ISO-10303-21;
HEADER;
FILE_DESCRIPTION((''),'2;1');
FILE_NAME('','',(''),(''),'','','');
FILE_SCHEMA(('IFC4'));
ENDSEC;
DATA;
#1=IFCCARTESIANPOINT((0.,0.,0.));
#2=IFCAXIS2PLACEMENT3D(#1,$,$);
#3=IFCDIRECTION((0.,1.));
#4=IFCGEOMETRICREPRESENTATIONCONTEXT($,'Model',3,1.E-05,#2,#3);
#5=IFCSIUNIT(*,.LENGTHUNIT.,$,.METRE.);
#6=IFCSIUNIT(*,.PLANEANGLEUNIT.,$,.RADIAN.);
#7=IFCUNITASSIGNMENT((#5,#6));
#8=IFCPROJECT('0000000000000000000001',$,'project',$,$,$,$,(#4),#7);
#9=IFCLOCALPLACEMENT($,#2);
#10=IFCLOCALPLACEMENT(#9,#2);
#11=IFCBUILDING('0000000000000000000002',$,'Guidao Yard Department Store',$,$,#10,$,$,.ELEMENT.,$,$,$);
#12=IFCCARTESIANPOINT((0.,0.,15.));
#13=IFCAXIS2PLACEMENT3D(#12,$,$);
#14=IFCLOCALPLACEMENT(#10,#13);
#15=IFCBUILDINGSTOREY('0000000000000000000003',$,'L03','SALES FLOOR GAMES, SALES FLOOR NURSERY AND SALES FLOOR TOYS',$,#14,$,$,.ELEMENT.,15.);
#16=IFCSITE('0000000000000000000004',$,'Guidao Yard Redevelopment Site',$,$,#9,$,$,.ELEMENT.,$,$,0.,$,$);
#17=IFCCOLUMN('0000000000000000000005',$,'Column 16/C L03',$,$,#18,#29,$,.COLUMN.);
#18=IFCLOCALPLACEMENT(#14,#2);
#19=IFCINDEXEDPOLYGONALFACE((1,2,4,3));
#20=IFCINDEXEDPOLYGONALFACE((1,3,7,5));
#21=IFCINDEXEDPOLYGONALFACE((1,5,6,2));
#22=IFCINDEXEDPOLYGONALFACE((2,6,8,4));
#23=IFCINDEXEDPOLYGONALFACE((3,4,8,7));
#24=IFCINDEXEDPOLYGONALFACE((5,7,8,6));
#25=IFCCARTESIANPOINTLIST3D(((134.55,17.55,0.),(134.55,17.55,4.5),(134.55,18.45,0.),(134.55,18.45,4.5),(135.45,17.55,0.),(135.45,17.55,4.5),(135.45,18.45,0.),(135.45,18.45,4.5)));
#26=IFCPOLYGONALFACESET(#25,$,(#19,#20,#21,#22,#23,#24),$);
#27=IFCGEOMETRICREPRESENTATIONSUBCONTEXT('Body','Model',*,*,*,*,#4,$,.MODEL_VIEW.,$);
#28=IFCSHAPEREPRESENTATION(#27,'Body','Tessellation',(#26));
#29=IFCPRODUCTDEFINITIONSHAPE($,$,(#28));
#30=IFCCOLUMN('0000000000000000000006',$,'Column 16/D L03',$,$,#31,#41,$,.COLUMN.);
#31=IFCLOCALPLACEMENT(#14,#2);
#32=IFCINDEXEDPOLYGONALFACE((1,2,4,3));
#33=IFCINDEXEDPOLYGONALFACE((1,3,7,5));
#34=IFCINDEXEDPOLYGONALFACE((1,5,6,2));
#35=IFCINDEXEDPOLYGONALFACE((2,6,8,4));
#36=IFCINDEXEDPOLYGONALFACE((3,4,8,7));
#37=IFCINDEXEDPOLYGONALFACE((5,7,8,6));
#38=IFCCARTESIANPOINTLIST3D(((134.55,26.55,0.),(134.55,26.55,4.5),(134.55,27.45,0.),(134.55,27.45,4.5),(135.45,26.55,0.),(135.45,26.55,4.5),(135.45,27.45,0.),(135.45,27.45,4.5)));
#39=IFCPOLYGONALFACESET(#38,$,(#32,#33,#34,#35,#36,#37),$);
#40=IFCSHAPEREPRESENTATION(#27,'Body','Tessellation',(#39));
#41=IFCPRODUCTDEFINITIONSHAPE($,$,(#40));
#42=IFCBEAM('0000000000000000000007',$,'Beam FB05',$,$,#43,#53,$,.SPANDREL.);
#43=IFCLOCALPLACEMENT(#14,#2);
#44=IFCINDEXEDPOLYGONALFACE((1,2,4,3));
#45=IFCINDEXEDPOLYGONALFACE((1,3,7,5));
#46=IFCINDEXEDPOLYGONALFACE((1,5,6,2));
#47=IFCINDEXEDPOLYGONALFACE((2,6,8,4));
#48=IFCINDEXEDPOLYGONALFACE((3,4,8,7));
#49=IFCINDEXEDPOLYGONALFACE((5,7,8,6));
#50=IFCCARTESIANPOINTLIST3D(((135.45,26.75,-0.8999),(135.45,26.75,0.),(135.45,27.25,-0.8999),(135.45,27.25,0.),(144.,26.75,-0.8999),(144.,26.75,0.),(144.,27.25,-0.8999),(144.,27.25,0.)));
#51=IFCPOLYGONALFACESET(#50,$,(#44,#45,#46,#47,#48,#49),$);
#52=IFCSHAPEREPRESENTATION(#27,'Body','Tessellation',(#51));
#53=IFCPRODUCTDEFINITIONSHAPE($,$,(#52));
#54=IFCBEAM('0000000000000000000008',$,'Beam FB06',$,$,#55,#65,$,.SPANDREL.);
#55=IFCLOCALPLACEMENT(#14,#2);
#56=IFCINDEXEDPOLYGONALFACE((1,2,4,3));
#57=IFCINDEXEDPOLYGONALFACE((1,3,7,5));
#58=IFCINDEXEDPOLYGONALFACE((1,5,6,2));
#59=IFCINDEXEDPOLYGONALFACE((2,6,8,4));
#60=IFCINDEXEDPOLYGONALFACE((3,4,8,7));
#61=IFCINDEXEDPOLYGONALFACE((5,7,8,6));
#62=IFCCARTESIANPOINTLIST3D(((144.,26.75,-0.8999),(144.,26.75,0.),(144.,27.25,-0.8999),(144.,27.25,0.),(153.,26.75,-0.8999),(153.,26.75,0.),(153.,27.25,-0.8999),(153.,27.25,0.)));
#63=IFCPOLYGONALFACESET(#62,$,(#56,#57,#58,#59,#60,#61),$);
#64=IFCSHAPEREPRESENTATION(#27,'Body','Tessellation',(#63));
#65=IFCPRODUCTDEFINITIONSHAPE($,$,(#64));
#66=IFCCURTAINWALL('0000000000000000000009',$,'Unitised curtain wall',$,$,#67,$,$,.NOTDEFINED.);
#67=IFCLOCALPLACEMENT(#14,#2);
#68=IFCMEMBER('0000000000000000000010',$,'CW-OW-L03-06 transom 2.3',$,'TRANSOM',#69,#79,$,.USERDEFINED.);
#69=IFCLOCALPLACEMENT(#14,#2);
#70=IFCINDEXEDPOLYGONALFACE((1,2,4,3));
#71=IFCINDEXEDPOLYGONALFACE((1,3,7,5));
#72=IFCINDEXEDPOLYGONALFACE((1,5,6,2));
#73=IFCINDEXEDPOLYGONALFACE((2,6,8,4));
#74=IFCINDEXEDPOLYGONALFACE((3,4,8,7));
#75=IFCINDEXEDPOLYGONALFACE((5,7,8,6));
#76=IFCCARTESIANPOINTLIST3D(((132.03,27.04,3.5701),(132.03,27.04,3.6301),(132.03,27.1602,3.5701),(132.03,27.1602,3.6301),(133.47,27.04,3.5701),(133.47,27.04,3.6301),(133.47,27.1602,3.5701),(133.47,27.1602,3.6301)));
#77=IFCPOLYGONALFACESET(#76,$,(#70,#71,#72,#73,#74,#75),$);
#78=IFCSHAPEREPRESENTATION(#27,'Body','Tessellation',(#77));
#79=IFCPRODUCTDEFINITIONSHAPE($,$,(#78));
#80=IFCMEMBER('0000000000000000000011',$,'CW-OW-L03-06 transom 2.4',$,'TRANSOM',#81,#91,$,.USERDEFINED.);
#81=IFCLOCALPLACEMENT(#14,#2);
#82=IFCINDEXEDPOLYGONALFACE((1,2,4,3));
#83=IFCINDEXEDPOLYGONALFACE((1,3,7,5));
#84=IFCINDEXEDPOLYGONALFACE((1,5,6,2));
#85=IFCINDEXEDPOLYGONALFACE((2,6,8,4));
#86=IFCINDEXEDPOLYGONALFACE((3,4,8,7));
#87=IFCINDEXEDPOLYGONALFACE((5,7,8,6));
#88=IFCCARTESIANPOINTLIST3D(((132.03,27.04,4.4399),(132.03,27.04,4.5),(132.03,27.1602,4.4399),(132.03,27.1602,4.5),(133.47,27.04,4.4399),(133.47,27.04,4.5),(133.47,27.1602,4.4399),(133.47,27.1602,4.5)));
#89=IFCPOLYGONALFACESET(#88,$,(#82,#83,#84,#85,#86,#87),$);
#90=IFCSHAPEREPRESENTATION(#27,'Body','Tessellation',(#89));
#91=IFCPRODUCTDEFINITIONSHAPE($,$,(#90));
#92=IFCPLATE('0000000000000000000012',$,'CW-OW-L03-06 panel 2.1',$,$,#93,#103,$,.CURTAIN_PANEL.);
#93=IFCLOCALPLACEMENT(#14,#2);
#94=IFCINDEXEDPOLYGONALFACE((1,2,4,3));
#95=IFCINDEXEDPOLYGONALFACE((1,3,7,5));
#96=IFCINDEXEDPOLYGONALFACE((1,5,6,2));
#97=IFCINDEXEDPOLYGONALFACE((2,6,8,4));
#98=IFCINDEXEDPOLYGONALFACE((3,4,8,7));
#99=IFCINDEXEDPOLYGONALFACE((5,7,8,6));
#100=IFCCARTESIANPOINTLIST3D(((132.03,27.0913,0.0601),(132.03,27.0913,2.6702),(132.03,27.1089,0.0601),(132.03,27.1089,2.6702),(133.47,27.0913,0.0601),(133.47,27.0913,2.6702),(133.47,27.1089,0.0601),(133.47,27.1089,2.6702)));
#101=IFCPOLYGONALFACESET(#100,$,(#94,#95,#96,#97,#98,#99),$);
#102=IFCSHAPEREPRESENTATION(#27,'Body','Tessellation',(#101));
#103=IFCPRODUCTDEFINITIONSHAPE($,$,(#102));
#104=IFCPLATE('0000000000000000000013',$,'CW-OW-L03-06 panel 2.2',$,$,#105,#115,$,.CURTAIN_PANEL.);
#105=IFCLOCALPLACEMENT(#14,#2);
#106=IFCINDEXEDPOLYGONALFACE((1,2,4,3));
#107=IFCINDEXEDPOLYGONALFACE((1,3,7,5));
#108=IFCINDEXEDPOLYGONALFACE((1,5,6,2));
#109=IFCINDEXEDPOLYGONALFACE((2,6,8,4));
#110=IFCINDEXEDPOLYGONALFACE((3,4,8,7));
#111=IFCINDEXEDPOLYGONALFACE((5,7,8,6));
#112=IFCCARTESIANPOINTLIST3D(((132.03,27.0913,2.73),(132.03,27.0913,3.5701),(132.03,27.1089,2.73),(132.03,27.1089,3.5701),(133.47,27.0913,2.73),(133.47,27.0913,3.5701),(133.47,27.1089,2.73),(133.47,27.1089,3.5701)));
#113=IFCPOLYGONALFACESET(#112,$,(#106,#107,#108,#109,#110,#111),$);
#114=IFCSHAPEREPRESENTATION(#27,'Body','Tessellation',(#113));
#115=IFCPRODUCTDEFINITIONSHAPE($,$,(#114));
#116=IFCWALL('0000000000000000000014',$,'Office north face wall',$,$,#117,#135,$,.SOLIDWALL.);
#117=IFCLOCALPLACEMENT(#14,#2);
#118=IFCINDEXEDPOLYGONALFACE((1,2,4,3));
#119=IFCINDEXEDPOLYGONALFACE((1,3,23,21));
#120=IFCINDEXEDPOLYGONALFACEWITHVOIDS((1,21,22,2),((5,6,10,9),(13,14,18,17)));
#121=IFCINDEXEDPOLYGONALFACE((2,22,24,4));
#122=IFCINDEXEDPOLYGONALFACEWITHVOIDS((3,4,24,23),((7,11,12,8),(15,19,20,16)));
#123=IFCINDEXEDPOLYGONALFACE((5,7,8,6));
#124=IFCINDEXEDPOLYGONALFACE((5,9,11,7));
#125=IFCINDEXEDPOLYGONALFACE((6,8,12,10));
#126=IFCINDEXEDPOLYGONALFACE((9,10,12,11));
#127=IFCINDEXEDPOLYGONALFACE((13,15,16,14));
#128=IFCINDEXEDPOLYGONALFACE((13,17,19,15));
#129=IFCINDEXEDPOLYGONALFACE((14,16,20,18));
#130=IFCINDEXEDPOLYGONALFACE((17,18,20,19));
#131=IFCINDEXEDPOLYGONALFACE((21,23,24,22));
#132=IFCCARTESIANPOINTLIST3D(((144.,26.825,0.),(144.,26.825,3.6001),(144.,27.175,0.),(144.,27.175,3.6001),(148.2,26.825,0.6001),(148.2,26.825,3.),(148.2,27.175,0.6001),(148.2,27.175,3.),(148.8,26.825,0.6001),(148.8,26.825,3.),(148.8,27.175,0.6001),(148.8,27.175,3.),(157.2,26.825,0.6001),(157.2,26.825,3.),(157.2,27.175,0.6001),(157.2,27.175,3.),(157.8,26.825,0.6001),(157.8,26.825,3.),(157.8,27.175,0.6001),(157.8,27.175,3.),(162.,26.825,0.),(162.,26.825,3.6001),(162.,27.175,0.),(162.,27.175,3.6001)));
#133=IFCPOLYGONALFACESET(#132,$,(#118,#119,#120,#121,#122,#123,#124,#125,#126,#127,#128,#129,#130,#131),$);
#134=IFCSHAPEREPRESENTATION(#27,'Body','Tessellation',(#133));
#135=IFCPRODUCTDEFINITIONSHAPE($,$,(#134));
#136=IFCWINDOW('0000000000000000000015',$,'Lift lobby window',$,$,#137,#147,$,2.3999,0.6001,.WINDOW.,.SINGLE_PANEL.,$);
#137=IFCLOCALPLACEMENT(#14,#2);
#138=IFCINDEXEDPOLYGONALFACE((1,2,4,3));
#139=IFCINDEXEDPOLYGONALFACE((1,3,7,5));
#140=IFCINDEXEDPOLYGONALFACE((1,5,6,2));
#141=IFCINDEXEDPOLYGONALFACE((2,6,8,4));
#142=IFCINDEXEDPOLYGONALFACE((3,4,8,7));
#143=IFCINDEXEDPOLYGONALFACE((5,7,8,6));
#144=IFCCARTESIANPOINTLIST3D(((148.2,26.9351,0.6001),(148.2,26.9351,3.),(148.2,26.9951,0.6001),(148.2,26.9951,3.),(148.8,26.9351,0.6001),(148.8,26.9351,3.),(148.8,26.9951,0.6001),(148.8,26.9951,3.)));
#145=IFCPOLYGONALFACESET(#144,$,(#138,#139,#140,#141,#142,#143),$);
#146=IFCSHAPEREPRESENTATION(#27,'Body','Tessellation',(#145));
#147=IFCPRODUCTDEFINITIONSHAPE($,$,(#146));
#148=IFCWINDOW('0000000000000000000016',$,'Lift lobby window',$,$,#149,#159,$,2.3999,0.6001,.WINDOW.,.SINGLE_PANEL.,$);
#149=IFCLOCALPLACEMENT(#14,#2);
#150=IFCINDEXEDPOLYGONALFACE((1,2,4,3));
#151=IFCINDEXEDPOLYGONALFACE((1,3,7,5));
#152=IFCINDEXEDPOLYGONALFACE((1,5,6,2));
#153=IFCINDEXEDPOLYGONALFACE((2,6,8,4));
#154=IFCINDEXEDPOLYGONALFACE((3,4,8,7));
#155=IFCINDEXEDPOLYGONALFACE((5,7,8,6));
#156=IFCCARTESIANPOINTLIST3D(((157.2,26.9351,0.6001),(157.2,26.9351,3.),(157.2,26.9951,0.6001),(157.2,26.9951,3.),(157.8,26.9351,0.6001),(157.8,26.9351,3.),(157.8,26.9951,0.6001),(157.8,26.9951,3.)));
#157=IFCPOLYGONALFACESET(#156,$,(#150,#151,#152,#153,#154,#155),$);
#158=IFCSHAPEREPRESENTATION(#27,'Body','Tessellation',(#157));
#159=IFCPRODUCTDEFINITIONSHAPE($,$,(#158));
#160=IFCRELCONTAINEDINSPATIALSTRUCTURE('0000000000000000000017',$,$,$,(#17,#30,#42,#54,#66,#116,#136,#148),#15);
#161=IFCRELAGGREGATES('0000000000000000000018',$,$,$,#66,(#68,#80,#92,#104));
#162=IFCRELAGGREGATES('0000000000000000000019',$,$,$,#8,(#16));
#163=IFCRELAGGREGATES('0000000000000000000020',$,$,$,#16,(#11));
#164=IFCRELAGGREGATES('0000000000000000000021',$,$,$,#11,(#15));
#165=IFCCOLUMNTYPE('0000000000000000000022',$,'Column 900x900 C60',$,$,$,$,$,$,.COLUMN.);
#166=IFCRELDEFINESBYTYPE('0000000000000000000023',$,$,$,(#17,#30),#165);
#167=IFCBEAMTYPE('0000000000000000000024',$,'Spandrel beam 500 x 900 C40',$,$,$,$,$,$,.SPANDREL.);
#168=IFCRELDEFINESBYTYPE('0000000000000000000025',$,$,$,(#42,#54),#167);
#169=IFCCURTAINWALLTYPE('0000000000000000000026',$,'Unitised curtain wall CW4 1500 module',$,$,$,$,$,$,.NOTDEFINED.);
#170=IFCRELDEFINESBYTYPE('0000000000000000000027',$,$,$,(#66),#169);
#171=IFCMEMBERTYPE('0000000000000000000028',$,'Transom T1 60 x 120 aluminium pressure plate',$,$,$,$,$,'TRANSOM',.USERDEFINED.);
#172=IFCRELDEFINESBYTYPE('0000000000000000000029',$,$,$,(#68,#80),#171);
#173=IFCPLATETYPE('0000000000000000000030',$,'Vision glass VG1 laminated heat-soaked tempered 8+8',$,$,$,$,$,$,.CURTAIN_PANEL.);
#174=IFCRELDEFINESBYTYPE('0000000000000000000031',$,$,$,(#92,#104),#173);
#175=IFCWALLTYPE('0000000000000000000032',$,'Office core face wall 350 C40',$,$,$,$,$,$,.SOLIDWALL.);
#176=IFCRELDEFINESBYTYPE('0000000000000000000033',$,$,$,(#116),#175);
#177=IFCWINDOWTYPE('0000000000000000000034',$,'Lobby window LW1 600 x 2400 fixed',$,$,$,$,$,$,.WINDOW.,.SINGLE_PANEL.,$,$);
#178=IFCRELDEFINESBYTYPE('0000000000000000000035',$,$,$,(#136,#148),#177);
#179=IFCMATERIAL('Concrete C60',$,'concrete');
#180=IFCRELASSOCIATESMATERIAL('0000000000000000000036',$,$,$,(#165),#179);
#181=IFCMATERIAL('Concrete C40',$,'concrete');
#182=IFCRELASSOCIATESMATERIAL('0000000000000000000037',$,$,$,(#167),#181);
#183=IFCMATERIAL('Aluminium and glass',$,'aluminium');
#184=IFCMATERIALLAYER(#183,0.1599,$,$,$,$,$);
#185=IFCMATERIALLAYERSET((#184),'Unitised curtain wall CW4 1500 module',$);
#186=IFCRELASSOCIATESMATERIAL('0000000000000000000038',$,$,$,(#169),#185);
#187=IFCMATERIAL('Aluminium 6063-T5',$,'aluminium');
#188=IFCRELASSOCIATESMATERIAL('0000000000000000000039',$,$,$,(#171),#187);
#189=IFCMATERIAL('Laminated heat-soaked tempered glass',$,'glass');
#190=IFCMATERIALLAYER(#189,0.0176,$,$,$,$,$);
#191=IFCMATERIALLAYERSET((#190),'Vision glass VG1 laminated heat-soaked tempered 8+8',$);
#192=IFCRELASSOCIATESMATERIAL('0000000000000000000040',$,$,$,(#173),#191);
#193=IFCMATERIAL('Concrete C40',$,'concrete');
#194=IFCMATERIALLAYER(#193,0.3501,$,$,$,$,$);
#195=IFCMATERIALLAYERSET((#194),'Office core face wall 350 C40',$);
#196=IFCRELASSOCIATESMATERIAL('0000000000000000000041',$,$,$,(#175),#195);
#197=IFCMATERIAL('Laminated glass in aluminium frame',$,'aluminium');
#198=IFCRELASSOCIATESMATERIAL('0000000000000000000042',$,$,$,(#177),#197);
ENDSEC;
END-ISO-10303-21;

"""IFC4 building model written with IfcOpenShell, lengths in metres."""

from ifc_helpers import new_model, si_unit, direction, frame, frame_2d, origin, origin_2d, place, context, subcontext, project, spatial, rectangle, extrude, material, layer, layer_set, material_profile, profile_set, type_object, element, fill, aggregate, save


model = new_model("IFC4")

# Units and contexts
model_context = context("Model", 3, precision=1e-05, world=origin(), true_north=direction((0.0, 1.0)))
body_context = subcontext(model_context, "Body", "Model", "MODEL_VIEW")
ifc_project = project(units=[si_unit("LENGTHUNIT", "METRE"), si_unit("PLANEANGLEUNIT", "RADIAN")], contexts=[model_context])

# Site, building, storey
site_placement = place(None, origin())
site = spatial("IfcSite", under=ifc_project, at=site_placement, Name="Guidao Yard Redevelopment Site", CompositionType="ELEMENT", RefElevation=0.0)
building_placement = place(site_placement, origin())
building = spatial("IfcBuilding", under=site, at=building_placement, Name="Guidao Yard Department Store", CompositionType="ELEMENT")
storey_placement = place(building_placement, frame((0.0, 0.0, 15.0)))
storey = spatial("IfcBuildingStorey", under=building, at=storey_placement, Name="L03", Description="SALES FLOOR GAMES, SALES FLOOR NURSERY AND SALES FLOOR TOYS", CompositionType="ELEMENT", Elevation=15.0)

# Columns
ifc_material_1 = material(Name="Concrete C60", Category="concrete")
ifc_material_profile_1 = material_profile(ifc_material_1, rectangle(XDim=0.8999, YDim=0.8999, at=origin_2d()), Name="COL 900x900")
ifc_profile_set_1 = profile_set([ifc_material_profile_1], Name="Concrete C60")
column_type = type_object("IfcColumnType", Name="Column 900x900 C60", PredefinedType="COLUMN", material=ifc_profile_set_1)
for number, where, z_axis, x_axis, name in (
    (1, (135.0, 18.0, 0.0), (0.0, 0.0, 1.0), (1.0, 0.0, 0.0), "Column 16/C L03"),
    (2, (135.0, 27.0, 0.0), (0.0, 0.0, 1.0), (1.0, 0.0, 0.0), "Column 16/D L03"),
):
    element("IfcColumn", number, at=place(storey_placement, frame(where, z_axis=z_axis, x_axis=x_axis)), inside=storey, type_object=column_type, Name=name, PredefinedType="COLUMN", context=body_context, shape_type="SweptSolid", body=[
        extrude(rectangle(XDim=0.8999, YDim=0.8999, at=origin_2d()), origin(), (0.0, 0.0, 1.0), 4.5),
    ])

# Beams
ifc_material_2 = material(Name="Concrete C40", Category="concrete")
ifc_material_profile_2 = material_profile(ifc_material_2, rectangle(XDim=0.5, YDim=0.8999, at=origin_2d()), Name="Spandrel beam 500 x 900 C40")
ifc_profile_set_2 = profile_set([ifc_material_profile_2], Name="Concrete C40")
beam_type = type_object("IfcBeamType", Name="Spandrel beam 500 x 900 C40", PredefinedType="SPANDREL", material=ifc_profile_set_2)
beam_1_placement = place(storey_placement, frame((135.45, 27.0, -0.45), z_axis=(1.0, 0.0, 0.0), x_axis=(0.0, 1.0, 0.0)))
element("IfcBeam", 3, at=beam_1_placement, inside=storey, type_object=beam_type, Name="Beam FB05", PredefinedType="SPANDREL", context=body_context, shape_type="SweptSolid", body=[
    extrude(rectangle(XDim=0.5, YDim=0.8999, at=origin_2d()), origin(), (0.0, 0.0, 1.0), 8.55),
])
beam_2_placement = place(storey_placement, frame((144.0, 27.0, -0.45), z_axis=(1.0, 0.0, 0.0), x_axis=(0.0, 1.0, 0.0)))
element("IfcBeam", 4, at=beam_2_placement, inside=storey, type_object=beam_type, Name="Beam FB06", PredefinedType="SPANDREL", context=body_context, shape_type="SweptSolid", body=[
    extrude(rectangle(XDim=0.5, YDim=0.8999, at=origin_2d()), origin(), (0.0, 0.0, 1.0), 9.0),
])

# Curtain wall, members, plates
ifc_material_3 = material(Name="Aluminium and glass", Category="aluminium")
ifc_layer_1 = layer(ifc_material_3, 0.1599)
ifc_layer_set_1 = layer_set([ifc_layer_1], Name="Unitised curtain wall CW4 1500 module")
curtain_wall_type = type_object("IfcCurtainWallType", Name="Unitised curtain wall CW4 1500 module", PredefinedType="NOTDEFINED", material=ifc_layer_set_1)
curtain_wall_placement = place(storey_placement, origin())
curtain_wall = element("IfcCurtainWall", 5, at=curtain_wall_placement, inside=storey, type_object=curtain_wall_type, Name="Unitised curtain wall", PredefinedType="NOTDEFINED")
ifc_material_4 = material(Name="Aluminium 6063-T5", Category="aluminium")
ifc_material_profile_3 = material_profile(ifc_material_4, rectangle(XDim=0.1201, YDim=0.0601, at=origin_2d()), Name="Transom T1 60 x 120 aluminium pressure plate")
ifc_profile_set_3 = profile_set([ifc_material_profile_3], Name="Aluminium 6063-T5")
member_type = type_object("IfcMemberType", Name="Transom T1 60 x 120 aluminium pressure plate", ElementType="TRANSOM", PredefinedType="USERDEFINED", material=ifc_profile_set_3)
member_1_placement = place(storey_placement, frame((132.03, 27.1001, 3.6001), z_axis=(1.0, 0.0, 0.0), x_axis=(0.0, 1.0, 0.0)))
member_1 = element("IfcMember", 6, at=member_1_placement, type_object=member_type, Name="CW-OW-L03-06 transom 2.3", ObjectType="TRANSOM", PredefinedType="USERDEFINED", context=body_context, shape_type="SweptSolid", body=[
    extrude(rectangle(XDim=0.1201, YDim=0.0601, at=origin_2d()), origin(), (0.0, 0.0, 1.0), 1.4399),
])
member_2_placement = place(storey_placement, frame((132.03, 27.1001, 4.47), z_axis=(1.0, 0.0, 0.0), x_axis=(0.0, 1.0, 0.0)))
member_2 = element("IfcMember", 7, at=member_2_placement, type_object=member_type, Name="CW-OW-L03-06 transom 2.4", ObjectType="TRANSOM", PredefinedType="USERDEFINED", context=body_context, shape_type="SweptSolid", body=[
    extrude(rectangle(XDim=0.1201, YDim=0.0601, at=origin_2d()), origin(), (0.0, 0.0, 1.0), 1.4399),
])
ifc_material_5 = material(Name="Laminated heat-soaked tempered glass", Category="glass")
ifc_layer_2 = layer(ifc_material_5, 0.0176)
ifc_layer_set_2 = layer_set([ifc_layer_2], Name="Vision glass VG1 laminated heat-soaked tempered 8+8")
plate_type = type_object("IfcPlateType", Name="Vision glass VG1 laminated heat-soaked tempered 8+8", PredefinedType="CURTAIN_PANEL", material=ifc_layer_set_2)
plate_1_placement = place(storey_placement, frame((132.75, 27.1001, 0.0601), z_axis=(0.0, 0.0, 1.0), x_axis=(1.0, 0.0, 0.0)))
plate_1 = element("IfcPlate", 8, at=plate_1_placement, type_object=plate_type, Name="CW-OW-L03-06 panel 2.1", PredefinedType="CURTAIN_PANEL", context=body_context, shape_type="SweptSolid", body=[
    extrude(rectangle(XDim=1.4399, YDim=0.0176, at=origin_2d()), origin(), (0.0, 0.0, 1.0), 2.6101),
])
plate_2_placement = place(storey_placement, frame((132.75, 27.1001, 2.73), z_axis=(0.0, 0.0, 1.0), x_axis=(1.0, 0.0, 0.0)))
plate_2 = element("IfcPlate", 9, at=plate_2_placement, type_object=plate_type, Name="CW-OW-L03-06 panel 2.2", PredefinedType="CURTAIN_PANEL", context=body_context, shape_type="SweptSolid", body=[
    extrude(rectangle(XDim=1.4399, YDim=0.0176, at=origin_2d()), origin(), (0.0, 0.0, 1.0), 0.8401),
])
aggregate(curtain_wall, [member_1, member_2, plate_1, plate_2])

# Wall, openings, windows
ifc_material_6 = material(Name="Concrete C40", Category="concrete")
ifc_layer_3 = layer(ifc_material_6, 0.3501)
ifc_layer_set_3 = layer_set([ifc_layer_3], Name="Office core face wall 350 C40")
wall_type_1 = type_object("IfcWallType", Name="Office core face wall 350 C40", PredefinedType="SOLIDWALL", material=ifc_layer_set_3)
wall_1_placement = place(storey_placement, frame((144.0, 27.0, 0.0), z_axis=(0.0, 0.0, 1.0), x_axis=(1.0, 0.0, 0.0)))
wall_1 = element("IfcWall", 10, at=wall_1_placement, inside=storey, type_object=wall_type_1, Name="Office north face wall", PredefinedType="SOLIDWALL", context=body_context, shape_type="SweptSolid", body=[
    extrude(rectangle(XDim=18.0, YDim=0.3501, at=frame_2d((9.0, 0.0))), origin(), (0.0, 0.0, 1.0), 3.6001),
])
opening_1_placement = place(wall_1_placement, frame((4.2, 0.0, 0.6001)))
opening_1 = element("IfcOpeningElement", 11, at=opening_1_placement, cuts=wall_1, PredefinedType="OPENING", context=body_context, shape_type="SweptSolid", body=[
    extrude(rectangle(XDim=0.6001, YDim=2.3999, at=frame_2d((0.3, 1.2))), frame((0.0, 0.1851, 0.0), z_axis=(0.0, -1.0, 0.0), x_axis=(1.0, 0.0, 0.0)), (0.0, 0.0, 1.0), 0.3701),
])
opening_2_placement = place(wall_1_placement, frame((13.2, 0.0, 0.6001)))
opening_2 = element("IfcOpeningElement", 12, at=opening_2_placement, cuts=wall_1, PredefinedType="OPENING", context=body_context, shape_type="SweptSolid", body=[
    extrude(rectangle(XDim=0.6001, YDim=2.3999, at=frame_2d((0.3, 1.2))), frame((0.0, 0.1851, 0.0), z_axis=(0.0, -1.0, 0.0), x_axis=(1.0, 0.0, 0.0)), (0.0, 0.0, 1.0), 0.3701),
])
ifc_material_7 = material(Name="Laminated glass in aluminium frame", Category="aluminium")
window_type = type_object("IfcWindowType", Name="Lobby window LW1 600 x 2400 fixed", PartitioningType="SINGLE_PANEL", PredefinedType="WINDOW", material=ifc_material_7)
window_1_placement = place(opening_1_placement, origin())
window_1 = element("IfcWindow", 13, at=window_1_placement, inside=storey, type_object=window_type, Name="Lift lobby window", OverallHeight=2.3999, OverallWidth=0.6001, PartitioningType="SINGLE_PANEL", PredefinedType="WINDOW", context=body_context, shape_type="SweptSolid", body=[
    extrude(rectangle(XDim=0.6001, YDim=2.3999, at=frame_2d((0.3, 1.2))), frame((0.0, -0.0049, 0.0), z_axis=(0.0, -1.0, 0.0), x_axis=(1.0, 0.0, 0.0)), (0.0, 0.0, 1.0), 0.0601),
])
fill(opening_1, window_1)
window_2_placement = place(opening_2_placement, origin())
window_2 = element("IfcWindow", 14, at=window_2_placement, inside=storey, type_object=window_type, Name="Lift lobby window", OverallHeight=2.3999, OverallWidth=0.6001, PartitioningType="SINGLE_PANEL", PredefinedType="WINDOW", context=body_context, shape_type="SweptSolid", body=[
    extrude(rectangle(XDim=0.6001, YDim=2.3999, at=frame_2d((0.3, 1.2))), frame((0.0, -0.0049, 0.0), z_axis=(0.0, -1.0, 0.0), x_axis=(1.0, 0.0, 0.0)), (0.0, 0.0, 1.0), 0.0601),
])
fill(opening_2, window_2)

save(model, "model.ifc")
